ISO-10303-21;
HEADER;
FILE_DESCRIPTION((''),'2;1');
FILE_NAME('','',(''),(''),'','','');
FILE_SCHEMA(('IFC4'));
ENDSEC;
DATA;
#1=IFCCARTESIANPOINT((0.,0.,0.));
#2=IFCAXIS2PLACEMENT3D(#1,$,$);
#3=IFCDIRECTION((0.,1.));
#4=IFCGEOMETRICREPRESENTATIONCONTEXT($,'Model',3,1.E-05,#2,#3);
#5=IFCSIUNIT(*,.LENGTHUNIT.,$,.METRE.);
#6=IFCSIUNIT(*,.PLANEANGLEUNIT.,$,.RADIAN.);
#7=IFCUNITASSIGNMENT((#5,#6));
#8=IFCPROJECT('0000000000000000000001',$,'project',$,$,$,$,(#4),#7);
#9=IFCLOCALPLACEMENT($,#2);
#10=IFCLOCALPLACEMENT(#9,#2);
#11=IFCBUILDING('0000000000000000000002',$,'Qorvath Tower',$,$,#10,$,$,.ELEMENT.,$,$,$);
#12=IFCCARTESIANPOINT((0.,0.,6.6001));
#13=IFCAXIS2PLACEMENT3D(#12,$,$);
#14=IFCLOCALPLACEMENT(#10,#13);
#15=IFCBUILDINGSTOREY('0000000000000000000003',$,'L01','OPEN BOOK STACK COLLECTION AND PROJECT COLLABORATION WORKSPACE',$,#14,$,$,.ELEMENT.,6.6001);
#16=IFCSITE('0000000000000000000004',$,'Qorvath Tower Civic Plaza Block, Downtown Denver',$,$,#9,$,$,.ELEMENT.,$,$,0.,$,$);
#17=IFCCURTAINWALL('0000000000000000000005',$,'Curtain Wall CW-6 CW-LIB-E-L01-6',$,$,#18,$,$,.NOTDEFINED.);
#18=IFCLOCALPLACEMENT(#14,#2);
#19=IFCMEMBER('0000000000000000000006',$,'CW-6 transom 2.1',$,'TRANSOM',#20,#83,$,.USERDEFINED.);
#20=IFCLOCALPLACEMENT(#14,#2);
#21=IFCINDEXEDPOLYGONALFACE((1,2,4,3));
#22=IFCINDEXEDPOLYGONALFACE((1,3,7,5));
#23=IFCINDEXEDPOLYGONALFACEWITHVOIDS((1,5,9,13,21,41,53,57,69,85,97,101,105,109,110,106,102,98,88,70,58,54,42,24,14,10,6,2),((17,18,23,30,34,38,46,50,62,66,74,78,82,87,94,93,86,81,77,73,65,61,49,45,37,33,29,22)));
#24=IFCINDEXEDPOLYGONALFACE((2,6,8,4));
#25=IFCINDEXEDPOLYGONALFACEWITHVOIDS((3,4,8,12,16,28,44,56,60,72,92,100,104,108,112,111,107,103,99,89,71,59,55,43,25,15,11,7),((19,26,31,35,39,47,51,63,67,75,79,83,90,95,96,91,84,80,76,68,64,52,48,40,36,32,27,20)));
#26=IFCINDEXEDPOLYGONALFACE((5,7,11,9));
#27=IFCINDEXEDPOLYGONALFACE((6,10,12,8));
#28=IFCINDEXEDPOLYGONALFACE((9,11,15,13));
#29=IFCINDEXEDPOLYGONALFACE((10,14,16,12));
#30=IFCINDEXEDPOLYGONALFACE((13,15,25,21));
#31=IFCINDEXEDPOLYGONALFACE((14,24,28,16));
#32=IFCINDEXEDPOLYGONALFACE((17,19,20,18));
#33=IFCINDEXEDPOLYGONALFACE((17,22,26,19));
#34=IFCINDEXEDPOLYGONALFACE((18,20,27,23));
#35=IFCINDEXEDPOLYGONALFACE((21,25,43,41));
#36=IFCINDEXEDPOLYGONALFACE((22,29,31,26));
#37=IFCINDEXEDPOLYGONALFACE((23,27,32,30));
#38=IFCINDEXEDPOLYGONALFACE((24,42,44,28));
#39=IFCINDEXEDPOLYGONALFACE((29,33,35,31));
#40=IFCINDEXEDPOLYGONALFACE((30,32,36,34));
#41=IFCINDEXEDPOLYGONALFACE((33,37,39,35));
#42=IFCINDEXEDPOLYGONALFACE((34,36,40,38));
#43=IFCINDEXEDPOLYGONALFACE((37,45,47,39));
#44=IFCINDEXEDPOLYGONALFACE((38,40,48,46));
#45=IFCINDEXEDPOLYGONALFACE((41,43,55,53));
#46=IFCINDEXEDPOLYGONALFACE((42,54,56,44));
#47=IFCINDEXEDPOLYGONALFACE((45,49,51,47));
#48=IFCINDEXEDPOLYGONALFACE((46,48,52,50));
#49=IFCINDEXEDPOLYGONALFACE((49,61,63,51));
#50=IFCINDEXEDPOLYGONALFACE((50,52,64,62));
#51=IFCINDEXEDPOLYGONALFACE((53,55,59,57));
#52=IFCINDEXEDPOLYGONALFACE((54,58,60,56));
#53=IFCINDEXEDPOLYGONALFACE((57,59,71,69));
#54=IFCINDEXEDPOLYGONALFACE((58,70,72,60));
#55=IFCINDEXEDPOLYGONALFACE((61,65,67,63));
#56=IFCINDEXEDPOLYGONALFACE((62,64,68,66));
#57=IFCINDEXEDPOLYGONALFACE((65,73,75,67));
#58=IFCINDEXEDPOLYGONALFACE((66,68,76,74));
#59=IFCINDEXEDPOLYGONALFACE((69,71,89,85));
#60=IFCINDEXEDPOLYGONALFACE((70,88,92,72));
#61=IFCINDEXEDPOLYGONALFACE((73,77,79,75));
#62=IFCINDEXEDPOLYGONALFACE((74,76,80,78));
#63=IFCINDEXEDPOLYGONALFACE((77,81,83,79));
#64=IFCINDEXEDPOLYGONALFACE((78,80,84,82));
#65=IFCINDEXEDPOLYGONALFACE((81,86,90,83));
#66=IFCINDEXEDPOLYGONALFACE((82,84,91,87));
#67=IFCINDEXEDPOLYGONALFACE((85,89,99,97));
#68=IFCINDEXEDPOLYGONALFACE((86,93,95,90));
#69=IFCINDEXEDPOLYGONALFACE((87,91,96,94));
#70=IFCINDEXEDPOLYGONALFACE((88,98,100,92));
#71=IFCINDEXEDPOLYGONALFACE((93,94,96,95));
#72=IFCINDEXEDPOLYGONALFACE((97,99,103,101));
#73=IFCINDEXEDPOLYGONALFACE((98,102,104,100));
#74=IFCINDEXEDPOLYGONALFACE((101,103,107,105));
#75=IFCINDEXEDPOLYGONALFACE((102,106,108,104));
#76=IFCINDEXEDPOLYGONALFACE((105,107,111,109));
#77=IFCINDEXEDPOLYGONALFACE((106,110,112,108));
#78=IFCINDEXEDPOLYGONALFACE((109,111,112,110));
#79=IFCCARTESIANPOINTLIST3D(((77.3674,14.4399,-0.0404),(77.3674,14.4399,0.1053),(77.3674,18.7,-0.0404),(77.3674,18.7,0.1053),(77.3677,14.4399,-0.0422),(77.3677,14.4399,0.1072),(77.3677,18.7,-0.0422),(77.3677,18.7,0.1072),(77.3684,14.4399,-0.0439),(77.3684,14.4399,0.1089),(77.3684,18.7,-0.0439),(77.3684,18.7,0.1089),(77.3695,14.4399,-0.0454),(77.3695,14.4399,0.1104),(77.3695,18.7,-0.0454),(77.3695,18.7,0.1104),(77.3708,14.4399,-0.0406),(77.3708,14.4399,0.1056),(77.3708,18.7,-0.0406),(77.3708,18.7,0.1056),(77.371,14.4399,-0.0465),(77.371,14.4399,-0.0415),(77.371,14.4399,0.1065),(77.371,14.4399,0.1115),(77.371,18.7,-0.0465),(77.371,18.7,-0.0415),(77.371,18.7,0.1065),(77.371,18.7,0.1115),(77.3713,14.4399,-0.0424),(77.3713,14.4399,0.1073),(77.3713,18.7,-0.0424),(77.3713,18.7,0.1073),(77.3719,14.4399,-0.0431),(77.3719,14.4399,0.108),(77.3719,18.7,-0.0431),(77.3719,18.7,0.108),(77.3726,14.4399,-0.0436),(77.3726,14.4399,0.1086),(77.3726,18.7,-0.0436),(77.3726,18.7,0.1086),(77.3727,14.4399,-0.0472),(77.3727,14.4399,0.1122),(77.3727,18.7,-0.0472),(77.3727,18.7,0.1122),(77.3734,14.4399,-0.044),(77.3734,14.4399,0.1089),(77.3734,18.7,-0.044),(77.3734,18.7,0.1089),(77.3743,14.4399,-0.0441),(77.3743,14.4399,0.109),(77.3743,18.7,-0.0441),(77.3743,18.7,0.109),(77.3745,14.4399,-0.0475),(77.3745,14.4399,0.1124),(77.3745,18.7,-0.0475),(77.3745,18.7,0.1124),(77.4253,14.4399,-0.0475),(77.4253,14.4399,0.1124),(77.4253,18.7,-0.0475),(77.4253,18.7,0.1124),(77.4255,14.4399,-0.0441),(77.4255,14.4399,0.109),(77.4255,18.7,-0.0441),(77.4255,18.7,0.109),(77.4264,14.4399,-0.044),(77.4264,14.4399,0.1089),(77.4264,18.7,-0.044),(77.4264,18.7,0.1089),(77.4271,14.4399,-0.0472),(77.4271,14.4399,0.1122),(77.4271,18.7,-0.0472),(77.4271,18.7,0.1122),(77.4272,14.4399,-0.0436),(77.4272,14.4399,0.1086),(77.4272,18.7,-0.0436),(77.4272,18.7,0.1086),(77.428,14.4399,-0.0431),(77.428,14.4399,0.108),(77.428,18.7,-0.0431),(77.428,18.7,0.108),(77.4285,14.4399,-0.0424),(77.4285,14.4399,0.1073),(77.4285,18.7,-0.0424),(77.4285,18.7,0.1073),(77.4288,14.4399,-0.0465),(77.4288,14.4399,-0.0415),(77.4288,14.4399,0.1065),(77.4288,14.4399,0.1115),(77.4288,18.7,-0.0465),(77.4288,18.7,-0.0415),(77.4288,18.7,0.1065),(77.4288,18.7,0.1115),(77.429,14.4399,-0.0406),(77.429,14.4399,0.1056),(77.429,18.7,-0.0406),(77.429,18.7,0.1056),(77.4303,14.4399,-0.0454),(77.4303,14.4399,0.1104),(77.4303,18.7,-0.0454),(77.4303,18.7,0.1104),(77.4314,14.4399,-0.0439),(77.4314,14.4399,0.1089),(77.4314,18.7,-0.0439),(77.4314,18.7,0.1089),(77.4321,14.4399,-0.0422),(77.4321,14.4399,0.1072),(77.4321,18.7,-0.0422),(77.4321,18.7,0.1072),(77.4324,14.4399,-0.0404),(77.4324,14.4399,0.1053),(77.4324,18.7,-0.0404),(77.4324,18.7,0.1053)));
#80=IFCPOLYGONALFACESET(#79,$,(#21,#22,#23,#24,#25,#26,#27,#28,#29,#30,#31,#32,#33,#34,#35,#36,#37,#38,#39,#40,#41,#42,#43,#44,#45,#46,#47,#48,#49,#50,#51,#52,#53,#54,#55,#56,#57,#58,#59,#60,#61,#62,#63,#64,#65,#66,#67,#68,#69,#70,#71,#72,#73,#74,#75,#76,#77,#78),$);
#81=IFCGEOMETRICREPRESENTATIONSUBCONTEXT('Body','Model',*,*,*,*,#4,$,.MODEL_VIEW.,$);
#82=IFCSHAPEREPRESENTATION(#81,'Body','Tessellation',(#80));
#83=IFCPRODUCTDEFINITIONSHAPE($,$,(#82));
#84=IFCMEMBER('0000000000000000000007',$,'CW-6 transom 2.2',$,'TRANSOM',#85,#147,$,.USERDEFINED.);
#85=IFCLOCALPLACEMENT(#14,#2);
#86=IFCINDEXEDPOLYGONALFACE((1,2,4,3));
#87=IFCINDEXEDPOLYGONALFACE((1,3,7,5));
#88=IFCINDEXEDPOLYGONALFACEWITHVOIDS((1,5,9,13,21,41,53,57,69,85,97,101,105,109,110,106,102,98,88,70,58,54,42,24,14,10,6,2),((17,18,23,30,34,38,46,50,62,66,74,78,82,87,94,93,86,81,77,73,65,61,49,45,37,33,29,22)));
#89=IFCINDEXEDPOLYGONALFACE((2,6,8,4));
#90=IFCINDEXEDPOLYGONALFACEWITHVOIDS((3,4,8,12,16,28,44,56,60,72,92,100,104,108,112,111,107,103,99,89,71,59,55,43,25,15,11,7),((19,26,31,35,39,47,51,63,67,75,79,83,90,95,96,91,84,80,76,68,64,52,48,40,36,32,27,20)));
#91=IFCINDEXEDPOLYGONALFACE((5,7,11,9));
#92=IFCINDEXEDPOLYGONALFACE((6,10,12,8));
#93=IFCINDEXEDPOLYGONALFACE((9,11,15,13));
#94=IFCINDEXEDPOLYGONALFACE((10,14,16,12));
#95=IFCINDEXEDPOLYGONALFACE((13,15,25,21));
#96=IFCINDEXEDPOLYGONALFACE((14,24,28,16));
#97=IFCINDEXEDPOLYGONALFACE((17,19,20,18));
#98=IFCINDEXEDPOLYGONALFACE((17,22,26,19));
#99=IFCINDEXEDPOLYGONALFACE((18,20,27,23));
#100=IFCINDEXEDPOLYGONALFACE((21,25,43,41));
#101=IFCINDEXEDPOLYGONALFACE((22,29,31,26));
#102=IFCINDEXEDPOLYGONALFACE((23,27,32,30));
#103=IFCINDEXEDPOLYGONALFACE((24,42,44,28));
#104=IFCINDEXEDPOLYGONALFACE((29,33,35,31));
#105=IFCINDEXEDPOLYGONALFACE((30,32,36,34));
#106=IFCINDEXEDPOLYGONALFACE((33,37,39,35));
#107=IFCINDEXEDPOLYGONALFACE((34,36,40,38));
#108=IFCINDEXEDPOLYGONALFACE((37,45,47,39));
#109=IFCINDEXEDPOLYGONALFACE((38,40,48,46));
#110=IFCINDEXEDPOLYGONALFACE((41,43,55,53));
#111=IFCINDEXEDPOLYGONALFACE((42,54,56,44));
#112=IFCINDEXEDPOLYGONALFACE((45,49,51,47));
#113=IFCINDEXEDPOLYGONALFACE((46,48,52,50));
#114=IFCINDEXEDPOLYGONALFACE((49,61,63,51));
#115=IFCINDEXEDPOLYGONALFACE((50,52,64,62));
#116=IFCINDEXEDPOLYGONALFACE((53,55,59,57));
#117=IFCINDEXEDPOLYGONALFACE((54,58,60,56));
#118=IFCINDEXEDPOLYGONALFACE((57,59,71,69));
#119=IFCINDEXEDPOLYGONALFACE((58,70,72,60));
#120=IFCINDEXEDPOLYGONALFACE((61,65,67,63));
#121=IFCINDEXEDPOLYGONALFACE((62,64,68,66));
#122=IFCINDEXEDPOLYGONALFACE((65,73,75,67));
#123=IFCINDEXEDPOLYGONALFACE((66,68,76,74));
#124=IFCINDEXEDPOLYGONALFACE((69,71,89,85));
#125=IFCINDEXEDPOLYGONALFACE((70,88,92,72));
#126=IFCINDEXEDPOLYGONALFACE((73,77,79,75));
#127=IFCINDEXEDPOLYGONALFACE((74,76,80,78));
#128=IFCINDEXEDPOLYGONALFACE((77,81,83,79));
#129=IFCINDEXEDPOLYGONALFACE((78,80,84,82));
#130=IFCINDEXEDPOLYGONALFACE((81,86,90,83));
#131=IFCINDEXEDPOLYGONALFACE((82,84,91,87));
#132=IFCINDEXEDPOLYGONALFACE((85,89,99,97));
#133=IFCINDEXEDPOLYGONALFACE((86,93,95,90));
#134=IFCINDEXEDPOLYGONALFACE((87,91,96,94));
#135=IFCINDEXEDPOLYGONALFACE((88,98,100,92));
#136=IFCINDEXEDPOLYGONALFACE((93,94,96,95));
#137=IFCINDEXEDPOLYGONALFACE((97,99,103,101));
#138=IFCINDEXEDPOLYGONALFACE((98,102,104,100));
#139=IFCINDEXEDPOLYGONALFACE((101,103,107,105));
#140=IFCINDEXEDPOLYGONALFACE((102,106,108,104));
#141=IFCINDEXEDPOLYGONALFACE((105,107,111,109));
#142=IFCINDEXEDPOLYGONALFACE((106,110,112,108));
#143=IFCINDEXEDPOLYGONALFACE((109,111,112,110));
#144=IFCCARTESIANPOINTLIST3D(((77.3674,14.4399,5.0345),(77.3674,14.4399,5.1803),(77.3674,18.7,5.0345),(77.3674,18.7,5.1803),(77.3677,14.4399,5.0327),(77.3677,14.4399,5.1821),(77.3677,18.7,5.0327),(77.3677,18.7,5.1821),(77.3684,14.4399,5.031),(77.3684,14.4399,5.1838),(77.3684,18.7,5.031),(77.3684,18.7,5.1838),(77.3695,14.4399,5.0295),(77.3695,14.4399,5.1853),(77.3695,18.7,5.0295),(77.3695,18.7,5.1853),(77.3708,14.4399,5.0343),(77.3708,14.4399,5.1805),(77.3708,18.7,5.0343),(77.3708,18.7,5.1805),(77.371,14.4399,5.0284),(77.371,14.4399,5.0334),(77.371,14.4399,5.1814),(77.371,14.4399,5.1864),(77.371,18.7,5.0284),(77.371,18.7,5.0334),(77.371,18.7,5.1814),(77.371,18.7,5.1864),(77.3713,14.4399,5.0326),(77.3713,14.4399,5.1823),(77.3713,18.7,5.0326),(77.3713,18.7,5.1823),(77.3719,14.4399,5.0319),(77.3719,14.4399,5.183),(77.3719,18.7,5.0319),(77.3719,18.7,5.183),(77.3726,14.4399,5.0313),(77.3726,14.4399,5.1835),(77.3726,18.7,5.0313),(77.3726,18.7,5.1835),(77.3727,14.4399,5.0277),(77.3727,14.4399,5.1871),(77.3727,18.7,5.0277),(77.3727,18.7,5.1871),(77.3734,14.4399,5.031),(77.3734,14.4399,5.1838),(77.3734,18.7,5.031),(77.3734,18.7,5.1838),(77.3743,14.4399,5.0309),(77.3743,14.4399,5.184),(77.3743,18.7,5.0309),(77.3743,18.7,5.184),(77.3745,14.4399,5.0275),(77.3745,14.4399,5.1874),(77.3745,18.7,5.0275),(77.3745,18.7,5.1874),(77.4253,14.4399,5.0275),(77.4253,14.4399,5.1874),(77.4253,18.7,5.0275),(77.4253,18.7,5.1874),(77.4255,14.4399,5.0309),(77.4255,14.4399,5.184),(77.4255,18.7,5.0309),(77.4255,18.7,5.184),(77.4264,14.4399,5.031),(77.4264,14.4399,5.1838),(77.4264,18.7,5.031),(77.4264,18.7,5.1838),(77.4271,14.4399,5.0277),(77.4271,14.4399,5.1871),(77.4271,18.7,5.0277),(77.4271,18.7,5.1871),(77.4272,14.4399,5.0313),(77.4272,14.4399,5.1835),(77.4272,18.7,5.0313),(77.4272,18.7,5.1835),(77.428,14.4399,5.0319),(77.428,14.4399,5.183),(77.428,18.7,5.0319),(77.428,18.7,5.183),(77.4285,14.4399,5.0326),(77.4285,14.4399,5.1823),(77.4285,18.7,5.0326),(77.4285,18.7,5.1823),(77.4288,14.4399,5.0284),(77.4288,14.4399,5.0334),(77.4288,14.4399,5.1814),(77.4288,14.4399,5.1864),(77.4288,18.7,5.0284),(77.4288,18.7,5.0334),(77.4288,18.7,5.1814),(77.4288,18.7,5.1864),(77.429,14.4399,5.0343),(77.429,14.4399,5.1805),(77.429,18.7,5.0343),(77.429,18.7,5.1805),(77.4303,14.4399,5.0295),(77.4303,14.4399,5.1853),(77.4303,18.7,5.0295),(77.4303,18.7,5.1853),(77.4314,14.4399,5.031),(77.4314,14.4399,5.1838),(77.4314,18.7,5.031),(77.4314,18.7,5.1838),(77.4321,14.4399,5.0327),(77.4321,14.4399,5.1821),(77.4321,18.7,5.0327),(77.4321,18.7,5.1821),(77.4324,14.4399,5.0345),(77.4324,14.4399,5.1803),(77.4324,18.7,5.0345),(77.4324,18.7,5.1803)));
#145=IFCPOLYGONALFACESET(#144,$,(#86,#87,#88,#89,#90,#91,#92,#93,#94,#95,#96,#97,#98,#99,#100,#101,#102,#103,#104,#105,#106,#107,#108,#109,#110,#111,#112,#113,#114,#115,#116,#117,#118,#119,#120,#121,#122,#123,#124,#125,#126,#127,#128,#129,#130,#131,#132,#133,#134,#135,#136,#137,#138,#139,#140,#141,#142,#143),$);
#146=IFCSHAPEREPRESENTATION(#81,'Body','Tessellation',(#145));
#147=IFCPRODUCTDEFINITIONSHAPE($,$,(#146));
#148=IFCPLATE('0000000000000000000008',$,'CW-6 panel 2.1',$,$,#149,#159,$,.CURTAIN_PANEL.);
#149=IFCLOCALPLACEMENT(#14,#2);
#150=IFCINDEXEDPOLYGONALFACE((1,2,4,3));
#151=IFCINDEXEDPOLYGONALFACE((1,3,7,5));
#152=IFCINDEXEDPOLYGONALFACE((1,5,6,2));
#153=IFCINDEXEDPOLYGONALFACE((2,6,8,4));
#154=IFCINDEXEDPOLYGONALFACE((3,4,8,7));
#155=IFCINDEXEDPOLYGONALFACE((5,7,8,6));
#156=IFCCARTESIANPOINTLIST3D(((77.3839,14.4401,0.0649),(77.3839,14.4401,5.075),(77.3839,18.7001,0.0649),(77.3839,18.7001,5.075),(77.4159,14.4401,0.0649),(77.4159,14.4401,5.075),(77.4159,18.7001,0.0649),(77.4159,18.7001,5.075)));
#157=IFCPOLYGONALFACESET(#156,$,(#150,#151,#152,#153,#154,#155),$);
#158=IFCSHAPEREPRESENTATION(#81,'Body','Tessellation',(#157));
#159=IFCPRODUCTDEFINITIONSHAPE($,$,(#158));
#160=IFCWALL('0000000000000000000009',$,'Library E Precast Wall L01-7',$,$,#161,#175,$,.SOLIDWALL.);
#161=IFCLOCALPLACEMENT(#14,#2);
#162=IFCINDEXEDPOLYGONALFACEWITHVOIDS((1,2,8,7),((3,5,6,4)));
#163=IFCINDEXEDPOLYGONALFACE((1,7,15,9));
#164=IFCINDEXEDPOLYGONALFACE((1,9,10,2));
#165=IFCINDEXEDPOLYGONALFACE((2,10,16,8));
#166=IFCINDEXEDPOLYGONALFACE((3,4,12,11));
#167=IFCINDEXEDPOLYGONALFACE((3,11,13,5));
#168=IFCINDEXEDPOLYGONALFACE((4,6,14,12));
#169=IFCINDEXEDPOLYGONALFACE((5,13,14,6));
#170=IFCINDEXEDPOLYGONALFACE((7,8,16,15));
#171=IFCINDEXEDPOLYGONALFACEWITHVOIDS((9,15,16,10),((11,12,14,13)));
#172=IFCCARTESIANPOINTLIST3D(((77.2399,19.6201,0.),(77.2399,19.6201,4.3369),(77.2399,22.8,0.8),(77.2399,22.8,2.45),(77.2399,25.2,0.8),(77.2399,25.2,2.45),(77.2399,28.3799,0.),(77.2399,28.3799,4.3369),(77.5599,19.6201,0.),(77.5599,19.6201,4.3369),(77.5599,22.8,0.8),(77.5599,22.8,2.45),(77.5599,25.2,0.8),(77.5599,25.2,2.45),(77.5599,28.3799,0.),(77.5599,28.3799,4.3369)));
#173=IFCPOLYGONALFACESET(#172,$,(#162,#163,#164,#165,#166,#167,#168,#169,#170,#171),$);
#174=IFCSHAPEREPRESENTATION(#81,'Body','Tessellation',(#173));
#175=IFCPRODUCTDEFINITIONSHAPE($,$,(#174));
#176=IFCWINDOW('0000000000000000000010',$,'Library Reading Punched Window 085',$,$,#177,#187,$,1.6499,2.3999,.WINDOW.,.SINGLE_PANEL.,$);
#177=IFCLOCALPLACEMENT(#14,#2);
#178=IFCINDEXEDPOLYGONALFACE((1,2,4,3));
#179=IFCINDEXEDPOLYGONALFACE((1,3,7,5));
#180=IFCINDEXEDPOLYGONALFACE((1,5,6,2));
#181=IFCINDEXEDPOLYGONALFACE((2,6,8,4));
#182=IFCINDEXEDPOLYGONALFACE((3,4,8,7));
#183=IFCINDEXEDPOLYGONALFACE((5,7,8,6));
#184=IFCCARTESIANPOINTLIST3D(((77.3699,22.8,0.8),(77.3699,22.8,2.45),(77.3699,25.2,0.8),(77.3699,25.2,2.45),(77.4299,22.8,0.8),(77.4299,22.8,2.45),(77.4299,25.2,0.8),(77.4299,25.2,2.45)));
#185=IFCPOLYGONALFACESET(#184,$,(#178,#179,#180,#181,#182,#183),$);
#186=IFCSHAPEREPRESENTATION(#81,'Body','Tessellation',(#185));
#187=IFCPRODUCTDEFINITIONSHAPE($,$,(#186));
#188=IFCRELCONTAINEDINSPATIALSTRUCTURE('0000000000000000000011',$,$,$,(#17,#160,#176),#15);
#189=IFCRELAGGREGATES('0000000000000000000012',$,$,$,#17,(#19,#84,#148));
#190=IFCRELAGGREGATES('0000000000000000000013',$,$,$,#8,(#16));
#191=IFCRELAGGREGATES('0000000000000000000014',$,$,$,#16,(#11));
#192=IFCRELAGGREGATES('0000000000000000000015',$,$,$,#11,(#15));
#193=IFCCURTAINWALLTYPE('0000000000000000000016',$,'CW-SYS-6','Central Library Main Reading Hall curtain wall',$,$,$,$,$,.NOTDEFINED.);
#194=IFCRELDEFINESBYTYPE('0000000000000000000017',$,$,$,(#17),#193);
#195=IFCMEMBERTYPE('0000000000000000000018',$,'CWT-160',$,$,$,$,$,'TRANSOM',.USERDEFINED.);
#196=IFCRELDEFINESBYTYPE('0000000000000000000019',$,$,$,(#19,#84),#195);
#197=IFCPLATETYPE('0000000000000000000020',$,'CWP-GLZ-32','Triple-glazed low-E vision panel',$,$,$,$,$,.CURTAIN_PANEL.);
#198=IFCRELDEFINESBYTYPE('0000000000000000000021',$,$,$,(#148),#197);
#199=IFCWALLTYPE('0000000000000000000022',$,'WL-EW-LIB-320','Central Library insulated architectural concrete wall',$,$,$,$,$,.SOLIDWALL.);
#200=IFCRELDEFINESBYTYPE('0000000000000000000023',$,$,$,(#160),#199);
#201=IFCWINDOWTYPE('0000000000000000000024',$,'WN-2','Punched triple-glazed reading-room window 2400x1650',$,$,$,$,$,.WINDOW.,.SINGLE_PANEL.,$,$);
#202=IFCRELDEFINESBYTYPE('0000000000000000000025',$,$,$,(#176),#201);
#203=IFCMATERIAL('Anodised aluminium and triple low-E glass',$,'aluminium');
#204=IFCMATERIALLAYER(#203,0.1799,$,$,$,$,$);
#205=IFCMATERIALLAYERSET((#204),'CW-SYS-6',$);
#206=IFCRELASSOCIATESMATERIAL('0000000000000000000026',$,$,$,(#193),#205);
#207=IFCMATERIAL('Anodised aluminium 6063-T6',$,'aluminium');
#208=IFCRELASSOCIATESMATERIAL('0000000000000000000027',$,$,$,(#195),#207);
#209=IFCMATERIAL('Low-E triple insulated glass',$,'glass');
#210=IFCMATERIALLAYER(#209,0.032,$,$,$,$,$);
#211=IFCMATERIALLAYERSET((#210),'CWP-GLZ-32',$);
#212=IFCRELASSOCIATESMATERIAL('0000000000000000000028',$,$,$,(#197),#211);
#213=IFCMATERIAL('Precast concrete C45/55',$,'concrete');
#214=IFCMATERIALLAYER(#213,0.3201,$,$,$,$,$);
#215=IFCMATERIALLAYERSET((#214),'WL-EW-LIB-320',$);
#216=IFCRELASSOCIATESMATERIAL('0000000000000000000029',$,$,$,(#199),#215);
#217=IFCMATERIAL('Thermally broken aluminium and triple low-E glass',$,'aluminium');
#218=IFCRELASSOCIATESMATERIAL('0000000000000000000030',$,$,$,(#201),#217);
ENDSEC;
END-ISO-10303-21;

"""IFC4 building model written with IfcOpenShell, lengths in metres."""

from ifc_helpers import new_model, si_unit, direction, frame, frame_2d, origin, origin_2d, place, context, subcontext, project, spatial, rectangle, hollow_rectangle, extrude, material, layer, layer_set, material_profile, profile_set, type_object, element, fill, aggregate, save


model = new_model("IFC4")

# Units and contexts
model_context = context("Model", 3, precision=1e-05, world=origin(), true_north=direction((0.0, 1.0)))
body_context = subcontext(model_context, "Body", "Model", "MODEL_VIEW")
ifc_project = project(units=[si_unit("LENGTHUNIT", "METRE"), si_unit("PLANEANGLEUNIT", "RADIAN")], contexts=[model_context])

# Site, building, storey
site_placement = place(None, origin())
site = spatial("IfcSite", under=ifc_project, at=site_placement, Name="Qorvath Tower Civic Plaza Block, Downtown Denver", CompositionType="ELEMENT", RefElevation=0.0)
building_placement = place(site_placement, origin())
building = spatial("IfcBuilding", under=site, at=building_placement, Name="Qorvath Tower", CompositionType="ELEMENT")
storey_placement = place(building_placement, frame((0.0, 0.0, 6.6001)))
storey = spatial("IfcBuildingStorey", under=building, at=storey_placement, Name="L01", Description="OPEN BOOK STACK COLLECTION AND PROJECT COLLABORATION WORKSPACE", CompositionType="ELEMENT", Elevation=6.6001)

# Curtain wall, members, plate
ifc_material_1 = material(Name="Anodised aluminium and triple low-E glass", Category="aluminium")
ifc_layer_1 = layer(ifc_material_1, 0.1799)
ifc_layer_set_1 = layer_set([ifc_layer_1], Name="CW-SYS-6")
curtain_wall_type = type_object("IfcCurtainWallType", Name="CW-SYS-6", Description="Central Library Main Reading Hall curtain wall", PredefinedType="NOTDEFINED", material=ifc_layer_set_1)
curtain_wall_placement = place(storey_placement, origin())
curtain_wall = element("IfcCurtainWall", 1, at=curtain_wall_placement, inside=storey, type_object=curtain_wall_type, Name="Curtain Wall CW-6 CW-LIB-E-L01-6", PredefinedType="NOTDEFINED")
ifc_material_2 = material(Name="Anodised aluminium 6063-T6", Category="aluminium")
ifc_material_profile_1 = material_profile(ifc_material_2, hollow_rectangle(XDim=0.0649, YDim=0.1599, WallThickness=0.0034, InnerFilletRadius=0.0034, OuterFilletRadius=0.0071, at=origin_2d()), Name="CWT 160x65")
ifc_profile_set_1 = profile_set([ifc_material_profile_1], Name="Anodised aluminium 6063-T6")
member_type_1 = type_object("IfcMemberType", Name="CWT-160", ElementType="TRANSOM", PredefinedType="USERDEFINED", material=ifc_profile_set_1)
member_1_placement = place(storey_placement, frame((77.3999, 14.4399, 0.0325), z_axis=(0.0, 1.0, 0.0), x_axis=(-1.0, 0.0, 0.0)))
member_1 = element("IfcMember", 2, at=member_1_placement, type_object=member_type_1, Name="CW-6 transom 2.1", ObjectType="TRANSOM", PredefinedType="USERDEFINED", context=body_context, shape_type="SweptSolid", body=[
    extrude(hollow_rectangle(XDim=0.0649, YDim=0.1599, WallThickness=0.0034, InnerFilletRadius=0.0034, OuterFilletRadius=0.0071, at=origin_2d()), origin(), (0.0, 0.0, 1.0), 4.26),
])
member_2_placement = place(storey_placement, frame((77.3999, 14.4399, 5.1074), z_axis=(0.0, 1.0, 0.0), x_axis=(-1.0, 0.0, 0.0)))
member_2 = element("IfcMember", 3, at=member_2_placement, type_object=member_type_1, Name="CW-6 transom 2.2", ObjectType="TRANSOM", PredefinedType="USERDEFINED", context=body_context, shape_type="SweptSolid", body=[
    extrude(hollow_rectangle(XDim=0.0649, YDim=0.1599, WallThickness=0.0034, InnerFilletRadius=0.0034, OuterFilletRadius=0.0071, at=origin_2d()), origin(), (0.0, 0.0, 1.0), 4.26),
])
ifc_material_3 = material(Name="Low-E triple insulated glass", Category="glass")
ifc_layer_2 = layer(ifc_material_3, 0.032)
ifc_layer_set_2 = layer_set([ifc_layer_2], Name="CWP-GLZ-32")
plate_type = type_object("IfcPlateType", Name="CWP-GLZ-32", Description="Triple-glazed low-E vision panel", PredefinedType="CURTAIN_PANEL", material=ifc_layer_set_2)
plate_placement = place(storey_placement, frame((77.3999, 16.5701, 0.0649), z_axis=(0.0, 0.0, 1.0), x_axis=(0.0, 1.0, 0.0)))
plate = element("IfcPlate", 4, at=plate_placement, type_object=plate_type, Name="CW-6 panel 2.1", PredefinedType="CURTAIN_PANEL", context=body_context, shape_type="SweptSolid", body=[
    extrude(rectangle(XDim=4.26, YDim=0.032, at=origin_2d()), origin(), (0.0, 0.0, 1.0), 5.01),
])
aggregate(curtain_wall, [member_1, member_2, plate])

# Wall, opening, window
ifc_material_4 = material(Name="Precast concrete C45/55", Category="concrete")
ifc_layer_3 = layer(ifc_material_4, 0.3201)
ifc_layer_set_3 = layer_set([ifc_layer_3], Name="WL-EW-LIB-320")
wall_type = type_object("IfcWallType", Name="WL-EW-LIB-320", Description="Central Library insulated architectural concrete wall", PredefinedType="SOLIDWALL", material=ifc_layer_set_3)
wall_placement = place(storey_placement, frame((77.3999, 28.3799, 0.0), z_axis=(0.0, 0.0, 1.0), x_axis=(0.0, -1.0, 0.0)))
wall = element("IfcWall", 5, at=wall_placement, inside=storey, type_object=wall_type, Name="Library E Precast Wall L01-7", PredefinedType="SOLIDWALL", context=body_context, shape_type="SweptSolid", body=[
    extrude(rectangle(XDim=8.7598, YDim=0.3201, at=frame_2d((4.3799, 0.0))), origin(), (0.0, 0.0, 1.0), 4.3369),
])
opening_placement = place(wall_placement, frame((3.1799, 0.0, 0.8)))
opening = element("IfcOpeningElement", 6, at=opening_placement, cuts=wall, PredefinedType="OPENING", context=body_context, shape_type="SweptSolid", body=[
    extrude(rectangle(XDim=2.3999, YDim=1.6499, at=frame_2d((1.2, 0.825))), frame((0.0, 0.1699, 0.0), z_axis=(0.0, -1.0, 0.0), x_axis=(1.0, 0.0, 0.0)), (0.0, 0.0, 1.0), 0.3401),
])
ifc_material_5 = material(Name="Thermally broken aluminium and triple low-E glass", Category="aluminium")
window_type = type_object("IfcWindowType", Name="WN-2", Description="Punched triple-glazed reading-room window 2400x1650", PartitioningType="SINGLE_PANEL", PredefinedType="WINDOW", material=ifc_material_5)
window_placement = place(opening_placement, origin())
window = element("IfcWindow", 7, at=window_placement, inside=storey, type_object=window_type, Name="Library Reading Punched Window 085", OverallHeight=1.6499, OverallWidth=2.3999, PartitioningType="SINGLE_PANEL", PredefinedType="WINDOW", context=body_context, shape_type="SweptSolid", body=[
    extrude(rectangle(XDim=2.3999, YDim=1.6499, at=frame_2d((1.2, 0.825))), frame((0.0, 0.03, 0.0), z_axis=(0.0, -1.0, 0.0), x_axis=(1.0, 0.0, 0.0)), (0.0, 0.0, 1.0), 0.0601),
])
fill(opening, window)

save(model, "model.ifc")
